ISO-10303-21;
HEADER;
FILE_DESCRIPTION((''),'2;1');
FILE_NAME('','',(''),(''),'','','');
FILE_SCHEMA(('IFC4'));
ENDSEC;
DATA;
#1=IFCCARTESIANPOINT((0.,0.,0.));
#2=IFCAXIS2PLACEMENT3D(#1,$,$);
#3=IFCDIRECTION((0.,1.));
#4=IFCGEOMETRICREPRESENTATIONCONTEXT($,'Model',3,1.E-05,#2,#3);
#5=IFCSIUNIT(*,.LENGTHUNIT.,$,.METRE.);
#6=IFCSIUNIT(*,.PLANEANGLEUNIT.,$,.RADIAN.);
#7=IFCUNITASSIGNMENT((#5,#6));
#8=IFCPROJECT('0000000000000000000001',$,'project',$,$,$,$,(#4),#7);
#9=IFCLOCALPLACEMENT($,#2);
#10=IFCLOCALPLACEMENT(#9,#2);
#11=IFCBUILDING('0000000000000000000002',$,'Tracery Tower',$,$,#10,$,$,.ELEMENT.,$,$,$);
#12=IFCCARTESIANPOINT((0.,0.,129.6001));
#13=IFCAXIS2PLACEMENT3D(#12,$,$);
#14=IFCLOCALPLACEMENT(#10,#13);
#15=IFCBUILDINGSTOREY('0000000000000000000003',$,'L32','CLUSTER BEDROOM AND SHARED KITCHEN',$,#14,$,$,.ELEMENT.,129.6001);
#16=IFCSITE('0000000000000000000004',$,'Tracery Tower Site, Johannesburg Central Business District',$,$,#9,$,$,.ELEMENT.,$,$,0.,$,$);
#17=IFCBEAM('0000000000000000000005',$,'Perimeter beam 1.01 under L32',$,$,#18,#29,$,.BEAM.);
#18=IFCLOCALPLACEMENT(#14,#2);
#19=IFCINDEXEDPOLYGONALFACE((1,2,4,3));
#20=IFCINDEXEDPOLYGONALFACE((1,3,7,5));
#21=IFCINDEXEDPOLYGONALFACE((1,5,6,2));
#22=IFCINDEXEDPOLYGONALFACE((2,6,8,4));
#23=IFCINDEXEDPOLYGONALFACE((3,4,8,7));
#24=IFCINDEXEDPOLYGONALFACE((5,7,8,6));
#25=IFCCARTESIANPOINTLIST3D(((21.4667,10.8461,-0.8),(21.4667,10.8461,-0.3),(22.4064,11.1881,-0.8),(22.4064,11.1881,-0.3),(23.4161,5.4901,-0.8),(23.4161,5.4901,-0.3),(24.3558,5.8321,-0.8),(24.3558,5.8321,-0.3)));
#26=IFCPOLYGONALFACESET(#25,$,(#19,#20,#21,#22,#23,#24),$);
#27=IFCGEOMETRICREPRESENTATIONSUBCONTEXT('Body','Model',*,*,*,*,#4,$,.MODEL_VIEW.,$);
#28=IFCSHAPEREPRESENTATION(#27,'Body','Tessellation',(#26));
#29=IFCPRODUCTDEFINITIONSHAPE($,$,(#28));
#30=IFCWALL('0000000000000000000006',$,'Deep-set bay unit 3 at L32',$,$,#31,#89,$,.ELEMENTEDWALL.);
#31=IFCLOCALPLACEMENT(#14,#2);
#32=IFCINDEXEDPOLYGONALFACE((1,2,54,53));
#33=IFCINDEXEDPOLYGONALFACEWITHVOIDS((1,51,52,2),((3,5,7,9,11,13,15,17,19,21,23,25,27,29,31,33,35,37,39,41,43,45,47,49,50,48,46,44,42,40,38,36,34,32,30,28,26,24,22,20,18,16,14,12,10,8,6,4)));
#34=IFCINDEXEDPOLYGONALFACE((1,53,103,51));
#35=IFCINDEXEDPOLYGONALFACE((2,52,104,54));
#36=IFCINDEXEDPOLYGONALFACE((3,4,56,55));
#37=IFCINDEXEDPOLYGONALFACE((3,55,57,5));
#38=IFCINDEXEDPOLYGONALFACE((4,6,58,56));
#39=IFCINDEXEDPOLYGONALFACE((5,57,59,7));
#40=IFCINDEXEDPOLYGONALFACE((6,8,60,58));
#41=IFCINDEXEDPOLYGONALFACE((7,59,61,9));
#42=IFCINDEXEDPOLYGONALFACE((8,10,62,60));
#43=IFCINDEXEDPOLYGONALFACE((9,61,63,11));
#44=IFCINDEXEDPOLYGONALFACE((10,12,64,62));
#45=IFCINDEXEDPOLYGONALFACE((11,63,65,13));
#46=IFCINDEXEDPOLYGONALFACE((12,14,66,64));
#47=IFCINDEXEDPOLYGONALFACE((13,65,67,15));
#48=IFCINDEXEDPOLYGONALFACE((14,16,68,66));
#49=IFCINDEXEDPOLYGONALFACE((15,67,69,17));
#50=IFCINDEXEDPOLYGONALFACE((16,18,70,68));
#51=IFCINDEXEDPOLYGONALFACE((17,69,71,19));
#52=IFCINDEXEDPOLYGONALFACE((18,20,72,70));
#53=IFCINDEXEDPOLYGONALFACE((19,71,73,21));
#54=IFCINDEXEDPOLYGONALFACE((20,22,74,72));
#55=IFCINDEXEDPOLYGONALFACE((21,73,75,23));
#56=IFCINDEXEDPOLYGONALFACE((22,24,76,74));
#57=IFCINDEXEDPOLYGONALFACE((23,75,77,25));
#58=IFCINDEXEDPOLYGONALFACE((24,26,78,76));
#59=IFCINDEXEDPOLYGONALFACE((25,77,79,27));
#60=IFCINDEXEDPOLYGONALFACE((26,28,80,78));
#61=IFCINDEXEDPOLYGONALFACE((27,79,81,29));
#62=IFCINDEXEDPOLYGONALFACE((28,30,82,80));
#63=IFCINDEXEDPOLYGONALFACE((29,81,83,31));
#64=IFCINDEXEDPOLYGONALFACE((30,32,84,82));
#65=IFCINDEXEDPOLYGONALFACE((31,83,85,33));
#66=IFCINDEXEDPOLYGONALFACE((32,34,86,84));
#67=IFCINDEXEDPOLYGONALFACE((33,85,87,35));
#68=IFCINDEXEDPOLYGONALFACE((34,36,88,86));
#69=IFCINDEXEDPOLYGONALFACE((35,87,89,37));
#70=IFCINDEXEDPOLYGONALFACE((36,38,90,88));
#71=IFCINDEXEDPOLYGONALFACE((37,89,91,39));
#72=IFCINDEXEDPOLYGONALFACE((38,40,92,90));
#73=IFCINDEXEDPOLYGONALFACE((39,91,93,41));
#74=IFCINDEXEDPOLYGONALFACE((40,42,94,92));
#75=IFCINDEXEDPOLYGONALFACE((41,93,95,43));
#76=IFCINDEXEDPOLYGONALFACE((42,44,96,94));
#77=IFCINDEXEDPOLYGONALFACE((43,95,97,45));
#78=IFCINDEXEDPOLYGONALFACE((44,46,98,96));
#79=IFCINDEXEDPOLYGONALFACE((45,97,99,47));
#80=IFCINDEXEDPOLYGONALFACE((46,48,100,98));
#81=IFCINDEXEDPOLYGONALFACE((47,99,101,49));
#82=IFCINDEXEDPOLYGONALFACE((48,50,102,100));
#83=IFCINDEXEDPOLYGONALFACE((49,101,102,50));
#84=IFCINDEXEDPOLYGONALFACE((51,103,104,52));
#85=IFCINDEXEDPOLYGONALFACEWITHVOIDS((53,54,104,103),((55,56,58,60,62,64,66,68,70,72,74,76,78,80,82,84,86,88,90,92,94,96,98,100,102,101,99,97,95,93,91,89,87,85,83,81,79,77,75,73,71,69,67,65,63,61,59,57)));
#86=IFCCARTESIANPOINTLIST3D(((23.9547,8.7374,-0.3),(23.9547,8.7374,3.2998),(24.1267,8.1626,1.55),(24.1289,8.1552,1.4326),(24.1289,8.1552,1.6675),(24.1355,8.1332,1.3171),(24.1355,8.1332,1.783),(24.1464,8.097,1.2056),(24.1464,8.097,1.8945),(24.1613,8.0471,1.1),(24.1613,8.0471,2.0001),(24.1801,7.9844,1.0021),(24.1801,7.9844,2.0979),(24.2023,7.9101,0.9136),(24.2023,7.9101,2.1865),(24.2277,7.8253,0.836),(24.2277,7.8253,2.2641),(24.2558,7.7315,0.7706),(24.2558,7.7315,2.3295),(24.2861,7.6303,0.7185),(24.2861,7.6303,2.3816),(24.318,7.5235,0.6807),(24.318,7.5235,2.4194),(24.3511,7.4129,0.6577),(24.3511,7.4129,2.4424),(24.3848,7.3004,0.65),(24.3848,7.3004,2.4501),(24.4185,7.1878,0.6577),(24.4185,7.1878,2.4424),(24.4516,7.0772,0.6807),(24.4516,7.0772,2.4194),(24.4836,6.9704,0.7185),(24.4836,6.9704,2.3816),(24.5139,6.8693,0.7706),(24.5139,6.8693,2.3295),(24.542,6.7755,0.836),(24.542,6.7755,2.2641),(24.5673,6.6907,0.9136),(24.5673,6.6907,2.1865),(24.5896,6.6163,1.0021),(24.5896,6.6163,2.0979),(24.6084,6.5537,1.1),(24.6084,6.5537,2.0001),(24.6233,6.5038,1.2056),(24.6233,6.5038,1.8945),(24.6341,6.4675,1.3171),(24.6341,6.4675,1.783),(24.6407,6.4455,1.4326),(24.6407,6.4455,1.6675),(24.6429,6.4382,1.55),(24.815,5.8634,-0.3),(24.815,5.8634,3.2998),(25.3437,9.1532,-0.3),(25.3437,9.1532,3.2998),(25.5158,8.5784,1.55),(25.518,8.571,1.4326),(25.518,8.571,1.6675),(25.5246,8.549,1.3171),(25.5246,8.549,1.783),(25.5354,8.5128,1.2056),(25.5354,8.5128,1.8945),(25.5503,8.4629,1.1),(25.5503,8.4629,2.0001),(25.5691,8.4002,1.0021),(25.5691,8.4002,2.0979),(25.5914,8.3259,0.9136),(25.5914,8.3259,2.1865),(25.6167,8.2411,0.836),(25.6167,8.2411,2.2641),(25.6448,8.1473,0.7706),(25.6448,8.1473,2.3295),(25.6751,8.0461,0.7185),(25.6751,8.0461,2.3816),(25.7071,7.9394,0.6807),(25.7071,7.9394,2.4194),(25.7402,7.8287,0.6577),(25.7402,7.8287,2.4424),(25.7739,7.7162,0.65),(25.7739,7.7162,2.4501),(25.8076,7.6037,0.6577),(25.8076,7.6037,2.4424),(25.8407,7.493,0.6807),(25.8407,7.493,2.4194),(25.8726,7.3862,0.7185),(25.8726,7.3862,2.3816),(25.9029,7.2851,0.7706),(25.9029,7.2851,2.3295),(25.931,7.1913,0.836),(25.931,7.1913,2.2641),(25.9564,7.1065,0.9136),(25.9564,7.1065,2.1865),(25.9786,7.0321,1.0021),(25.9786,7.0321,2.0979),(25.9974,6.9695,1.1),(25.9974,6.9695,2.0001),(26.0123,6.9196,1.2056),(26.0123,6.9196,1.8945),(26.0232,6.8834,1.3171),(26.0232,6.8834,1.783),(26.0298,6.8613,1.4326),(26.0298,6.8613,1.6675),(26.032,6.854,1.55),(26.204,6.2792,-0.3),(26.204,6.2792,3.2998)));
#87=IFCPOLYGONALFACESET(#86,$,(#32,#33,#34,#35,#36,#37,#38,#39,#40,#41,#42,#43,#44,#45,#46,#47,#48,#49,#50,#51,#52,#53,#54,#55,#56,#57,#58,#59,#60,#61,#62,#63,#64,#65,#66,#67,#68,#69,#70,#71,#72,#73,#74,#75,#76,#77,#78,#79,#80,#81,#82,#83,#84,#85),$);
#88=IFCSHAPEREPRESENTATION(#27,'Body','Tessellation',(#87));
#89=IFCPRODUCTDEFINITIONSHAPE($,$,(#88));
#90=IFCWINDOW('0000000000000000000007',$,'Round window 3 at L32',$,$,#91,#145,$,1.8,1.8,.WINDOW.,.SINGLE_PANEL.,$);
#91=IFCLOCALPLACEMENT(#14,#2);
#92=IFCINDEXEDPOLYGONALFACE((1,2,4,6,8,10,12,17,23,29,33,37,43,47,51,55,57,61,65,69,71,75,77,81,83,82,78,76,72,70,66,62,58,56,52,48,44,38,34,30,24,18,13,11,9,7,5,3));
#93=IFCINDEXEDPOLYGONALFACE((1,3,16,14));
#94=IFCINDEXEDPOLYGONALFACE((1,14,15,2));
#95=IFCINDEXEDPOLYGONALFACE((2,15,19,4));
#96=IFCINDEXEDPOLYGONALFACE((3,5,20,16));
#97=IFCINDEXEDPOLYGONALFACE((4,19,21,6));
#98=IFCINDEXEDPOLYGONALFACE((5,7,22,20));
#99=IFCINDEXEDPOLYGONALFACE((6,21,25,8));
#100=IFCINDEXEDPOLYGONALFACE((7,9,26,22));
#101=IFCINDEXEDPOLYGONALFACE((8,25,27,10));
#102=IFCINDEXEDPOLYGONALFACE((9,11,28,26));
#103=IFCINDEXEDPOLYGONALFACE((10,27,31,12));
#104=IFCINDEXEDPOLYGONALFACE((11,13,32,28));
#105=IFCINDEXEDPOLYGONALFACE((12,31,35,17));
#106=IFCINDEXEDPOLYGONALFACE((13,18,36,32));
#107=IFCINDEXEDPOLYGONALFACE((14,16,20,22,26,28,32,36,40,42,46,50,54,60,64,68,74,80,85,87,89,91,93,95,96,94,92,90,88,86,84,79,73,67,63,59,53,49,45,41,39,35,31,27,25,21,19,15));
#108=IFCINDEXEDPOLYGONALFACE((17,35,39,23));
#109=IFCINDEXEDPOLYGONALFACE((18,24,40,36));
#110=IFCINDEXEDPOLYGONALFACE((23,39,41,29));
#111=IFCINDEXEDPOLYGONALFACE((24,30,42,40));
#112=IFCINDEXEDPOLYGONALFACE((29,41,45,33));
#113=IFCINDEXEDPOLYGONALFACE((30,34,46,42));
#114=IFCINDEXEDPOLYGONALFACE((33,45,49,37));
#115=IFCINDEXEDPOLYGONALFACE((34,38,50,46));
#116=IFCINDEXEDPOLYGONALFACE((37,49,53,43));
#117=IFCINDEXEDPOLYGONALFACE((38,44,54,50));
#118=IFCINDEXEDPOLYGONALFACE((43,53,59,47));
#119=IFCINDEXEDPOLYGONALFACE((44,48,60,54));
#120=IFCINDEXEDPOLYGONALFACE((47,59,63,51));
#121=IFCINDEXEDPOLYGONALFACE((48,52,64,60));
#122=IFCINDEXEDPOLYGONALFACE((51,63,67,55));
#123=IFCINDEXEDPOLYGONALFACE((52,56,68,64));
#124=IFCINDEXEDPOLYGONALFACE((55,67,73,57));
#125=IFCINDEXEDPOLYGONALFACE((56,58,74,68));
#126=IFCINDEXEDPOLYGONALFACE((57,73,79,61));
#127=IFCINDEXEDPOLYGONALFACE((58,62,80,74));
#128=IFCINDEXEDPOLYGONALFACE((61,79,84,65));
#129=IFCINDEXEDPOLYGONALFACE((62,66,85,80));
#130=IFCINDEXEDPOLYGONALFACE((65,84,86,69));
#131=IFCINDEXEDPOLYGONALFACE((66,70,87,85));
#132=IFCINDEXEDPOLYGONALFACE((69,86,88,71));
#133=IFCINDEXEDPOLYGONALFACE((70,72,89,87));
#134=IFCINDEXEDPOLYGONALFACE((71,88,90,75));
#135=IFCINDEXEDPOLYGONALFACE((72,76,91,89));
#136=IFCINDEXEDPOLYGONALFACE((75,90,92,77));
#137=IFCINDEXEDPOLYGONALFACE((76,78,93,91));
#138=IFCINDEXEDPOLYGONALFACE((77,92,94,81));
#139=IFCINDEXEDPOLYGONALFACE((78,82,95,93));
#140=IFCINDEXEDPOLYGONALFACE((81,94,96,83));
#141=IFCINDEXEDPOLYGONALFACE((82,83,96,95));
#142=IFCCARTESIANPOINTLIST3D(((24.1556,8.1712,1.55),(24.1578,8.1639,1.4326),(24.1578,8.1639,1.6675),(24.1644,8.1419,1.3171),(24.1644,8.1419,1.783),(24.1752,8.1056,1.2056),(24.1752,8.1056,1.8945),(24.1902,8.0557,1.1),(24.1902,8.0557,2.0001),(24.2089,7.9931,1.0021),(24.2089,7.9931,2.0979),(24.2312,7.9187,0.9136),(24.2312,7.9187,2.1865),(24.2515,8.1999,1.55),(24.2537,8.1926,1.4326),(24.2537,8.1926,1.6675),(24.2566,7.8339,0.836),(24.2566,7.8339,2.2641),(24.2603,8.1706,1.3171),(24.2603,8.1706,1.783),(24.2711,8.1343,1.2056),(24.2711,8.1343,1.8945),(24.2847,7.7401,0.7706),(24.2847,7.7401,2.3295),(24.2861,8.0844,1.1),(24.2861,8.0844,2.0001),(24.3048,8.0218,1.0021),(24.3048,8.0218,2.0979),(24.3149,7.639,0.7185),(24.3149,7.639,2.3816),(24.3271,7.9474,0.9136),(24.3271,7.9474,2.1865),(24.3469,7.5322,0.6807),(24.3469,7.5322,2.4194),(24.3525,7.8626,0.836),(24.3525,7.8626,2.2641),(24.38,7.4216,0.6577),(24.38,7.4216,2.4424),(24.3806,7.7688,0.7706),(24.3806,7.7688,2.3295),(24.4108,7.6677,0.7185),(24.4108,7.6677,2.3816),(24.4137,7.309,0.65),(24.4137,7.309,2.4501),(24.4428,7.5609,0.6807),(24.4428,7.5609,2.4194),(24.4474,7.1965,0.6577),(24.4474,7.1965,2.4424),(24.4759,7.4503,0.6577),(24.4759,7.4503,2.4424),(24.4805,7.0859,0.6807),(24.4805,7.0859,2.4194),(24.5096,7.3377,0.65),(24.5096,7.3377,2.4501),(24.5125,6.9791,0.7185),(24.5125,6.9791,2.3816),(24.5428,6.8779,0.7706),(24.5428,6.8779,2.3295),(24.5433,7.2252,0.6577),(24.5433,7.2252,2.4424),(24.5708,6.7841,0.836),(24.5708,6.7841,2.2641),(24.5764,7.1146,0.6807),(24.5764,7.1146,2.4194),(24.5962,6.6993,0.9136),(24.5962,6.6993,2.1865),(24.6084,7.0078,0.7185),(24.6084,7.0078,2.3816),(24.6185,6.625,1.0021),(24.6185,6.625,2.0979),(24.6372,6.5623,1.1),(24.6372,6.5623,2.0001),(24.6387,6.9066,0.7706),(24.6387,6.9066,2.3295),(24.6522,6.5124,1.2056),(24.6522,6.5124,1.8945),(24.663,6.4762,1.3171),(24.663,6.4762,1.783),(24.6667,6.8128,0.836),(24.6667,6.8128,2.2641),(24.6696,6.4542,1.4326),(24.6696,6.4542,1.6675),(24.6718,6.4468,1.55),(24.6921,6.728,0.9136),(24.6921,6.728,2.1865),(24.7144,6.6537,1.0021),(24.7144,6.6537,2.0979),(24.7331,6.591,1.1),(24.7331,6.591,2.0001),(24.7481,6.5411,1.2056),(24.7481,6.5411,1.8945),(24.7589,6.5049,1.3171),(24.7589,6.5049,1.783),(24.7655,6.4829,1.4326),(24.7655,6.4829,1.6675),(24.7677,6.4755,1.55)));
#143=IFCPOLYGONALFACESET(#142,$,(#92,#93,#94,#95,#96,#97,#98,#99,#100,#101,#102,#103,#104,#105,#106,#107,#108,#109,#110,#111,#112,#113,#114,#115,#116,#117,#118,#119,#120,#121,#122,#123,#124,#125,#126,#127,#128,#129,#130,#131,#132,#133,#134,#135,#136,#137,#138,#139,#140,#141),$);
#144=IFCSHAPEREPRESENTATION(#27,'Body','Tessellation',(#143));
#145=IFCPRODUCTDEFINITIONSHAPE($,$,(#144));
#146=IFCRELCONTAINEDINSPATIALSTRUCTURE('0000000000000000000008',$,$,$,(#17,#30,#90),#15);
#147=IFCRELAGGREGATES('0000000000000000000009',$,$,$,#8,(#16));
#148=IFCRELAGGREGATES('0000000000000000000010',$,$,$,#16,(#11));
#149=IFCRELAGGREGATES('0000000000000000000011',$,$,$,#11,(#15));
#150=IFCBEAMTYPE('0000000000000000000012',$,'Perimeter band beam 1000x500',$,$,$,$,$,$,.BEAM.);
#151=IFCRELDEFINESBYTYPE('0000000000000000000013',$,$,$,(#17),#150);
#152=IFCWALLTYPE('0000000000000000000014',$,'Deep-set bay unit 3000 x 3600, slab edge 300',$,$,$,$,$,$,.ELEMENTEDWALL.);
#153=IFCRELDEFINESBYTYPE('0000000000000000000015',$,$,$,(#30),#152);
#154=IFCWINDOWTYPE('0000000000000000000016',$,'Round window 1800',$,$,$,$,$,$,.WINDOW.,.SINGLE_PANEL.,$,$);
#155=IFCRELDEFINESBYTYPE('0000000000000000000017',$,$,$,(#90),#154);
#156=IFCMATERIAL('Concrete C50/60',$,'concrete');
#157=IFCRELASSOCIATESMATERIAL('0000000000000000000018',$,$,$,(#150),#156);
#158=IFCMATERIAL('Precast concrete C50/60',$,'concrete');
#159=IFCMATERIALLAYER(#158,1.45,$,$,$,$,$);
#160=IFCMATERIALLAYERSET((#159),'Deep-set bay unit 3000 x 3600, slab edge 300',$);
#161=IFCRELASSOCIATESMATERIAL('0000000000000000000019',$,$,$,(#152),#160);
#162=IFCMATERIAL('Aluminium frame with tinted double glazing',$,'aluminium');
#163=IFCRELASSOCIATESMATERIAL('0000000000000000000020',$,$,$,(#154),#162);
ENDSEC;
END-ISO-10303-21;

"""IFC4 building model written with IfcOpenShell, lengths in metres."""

from ifc_helpers import new_model, si_unit, direction, frame, frame_2d, origin, origin_2d, place, context, subcontext, project, spatial, rectangle, circle, extrude, material, layer, layer_set, material_profile, profile_set, type_object, element, fill, save


model = new_model("IFC4")

# Units and contexts
model_context = context("Model", 3, precision=1e-05, world=origin(), true_north=direction((0.0, 1.0)))
body_context = subcontext(model_context, "Body", "Model", "MODEL_VIEW")
ifc_project = project(units=[si_unit("LENGTHUNIT", "METRE"), si_unit("PLANEANGLEUNIT", "RADIAN")], contexts=[model_context])

# Site, building, storey
site_placement = place(None, origin())
site = spatial("IfcSite", under=ifc_project, at=site_placement, Name="Tracery Tower Site, Johannesburg Central Business District", CompositionType="ELEMENT", RefElevation=0.0)
building_placement = place(site_placement, origin())
building = spatial("IfcBuilding", under=site, at=building_placement, Name="Tracery Tower", CompositionType="ELEMENT")
storey_placement = place(building_placement, frame((0.0, 0.0, 129.6001)))
storey = spatial("IfcBuildingStorey", under=building, at=storey_placement, Name="L32", Description="CLUSTER BEDROOM AND SHARED KITCHEN", CompositionType="ELEMENT", Elevation=129.6001)

# Beam
ifc_material_1 = material(Name="Concrete C50/60", Category="concrete")
ifc_material_profile_1 = material_profile(ifc_material_1, rectangle(XDim=1.0, YDim=0.5, at=origin_2d()), Name="RC 1000x500")
ifc_profile_set_1 = profile_set([ifc_material_profile_1], Name="Concrete C50/60")
beam_type = type_object("IfcBeamType", Name="Perimeter band beam 1000x500", PredefinedType="BEAM", material=ifc_profile_set_1)
beam_placement = place(storey_placement, frame((23.886, 5.6611, -0.55), z_axis=(-0.342029, 0.93969, 0.0), x_axis=(-0.93969, -0.342029, 0.0)))
element("IfcBeam", 1, at=beam_placement, inside=storey, type_object=beam_type, Name="Perimeter beam 1.01 under L32", PredefinedType="BEAM", context=body_context, shape_type="SweptSolid", body=[
    extrude(rectangle(XDim=1.0, YDim=0.5, at=origin_2d()), origin(), (0.0, 0.0, 1.0), 5.6997),
])

# Wall, opening, window
ifc_material_2 = material(Name="Precast concrete C50/60", Category="concrete")
ifc_layer_1 = layer(ifc_material_2, 1.45)
ifc_layer_set_1 = layer_set([ifc_layer_1], Name="Deep-set bay unit 3000 x 3600, slab edge 300")
wall_type_1 = type_object("IfcWallType", Name="Deep-set bay unit 3000 x 3600, slab edge 300", PredefinedType="ELEMENTEDWALL", material=ifc_layer_set_1)
wall_1_placement = place(storey_placement, frame((25.5095, 6.0713, -0.3), z_axis=(0.0, 0.0, 1.0), x_axis=(-0.28678, 0.957996, 0.0)))
wall_1 = element("IfcWall", 2, at=wall_1_placement, inside=storey, type_object=wall_type_1, Name="Deep-set bay unit 3 at L32", PredefinedType="ELEMENTEDWALL", context=body_context, shape_type="SweptSolid", body=[
    extrude(rectangle(XDim=3.0, YDim=1.45, at=frame_2d((1.5, 0.0))), origin(), (0.0, 0.0, 1.0), 3.5999),
])
opening_1_placement = place(wall_1_placement, frame((1.5, 0.0, 1.8501)))
opening_1 = element("IfcOpeningElement", 3, at=opening_1_placement, cuts=wall_1, PredefinedType="OPENING", context=body_context, shape_type="SweptSolid", body=[
    extrude(circle(Radius=0.9, at=origin_2d()), frame((0.0, 0.7349, 0.0), z_axis=(0.0, -1.0, 0.0), x_axis=(1.0, 0.0, 0.0)), (0.0, 0.0, 1.0), 1.47),
])
ifc_material_3 = material(Name="Aluminium frame with tinted double glazing", Category="aluminium")
window_type = type_object("IfcWindowType", Name="Round window 1800", PartitioningType="SINGLE_PANEL", PredefinedType="WINDOW", material=ifc_material_3)
window_1_placement = place(opening_1_placement, origin())
window_1 = element("IfcWindow", 4, at=window_1_placement, inside=storey, type_object=window_type, Name="Round window 3 at L32", OverallHeight=1.8, OverallWidth=1.8, PartitioningType="SINGLE_PANEL", PredefinedType="WINDOW", context=body_context, shape_type="SweptSolid", body=[
    extrude(circle(Radius=0.9, at=origin_2d()), frame((0.0, 0.6948, 0.0), z_axis=(0.0, -1.0, 0.0), x_axis=(1.0, 0.0, 0.0)), (0.0, 0.0, 1.0), 0.1001),
])
fill(opening_1, window_1)

save(model, "model.ifc")
